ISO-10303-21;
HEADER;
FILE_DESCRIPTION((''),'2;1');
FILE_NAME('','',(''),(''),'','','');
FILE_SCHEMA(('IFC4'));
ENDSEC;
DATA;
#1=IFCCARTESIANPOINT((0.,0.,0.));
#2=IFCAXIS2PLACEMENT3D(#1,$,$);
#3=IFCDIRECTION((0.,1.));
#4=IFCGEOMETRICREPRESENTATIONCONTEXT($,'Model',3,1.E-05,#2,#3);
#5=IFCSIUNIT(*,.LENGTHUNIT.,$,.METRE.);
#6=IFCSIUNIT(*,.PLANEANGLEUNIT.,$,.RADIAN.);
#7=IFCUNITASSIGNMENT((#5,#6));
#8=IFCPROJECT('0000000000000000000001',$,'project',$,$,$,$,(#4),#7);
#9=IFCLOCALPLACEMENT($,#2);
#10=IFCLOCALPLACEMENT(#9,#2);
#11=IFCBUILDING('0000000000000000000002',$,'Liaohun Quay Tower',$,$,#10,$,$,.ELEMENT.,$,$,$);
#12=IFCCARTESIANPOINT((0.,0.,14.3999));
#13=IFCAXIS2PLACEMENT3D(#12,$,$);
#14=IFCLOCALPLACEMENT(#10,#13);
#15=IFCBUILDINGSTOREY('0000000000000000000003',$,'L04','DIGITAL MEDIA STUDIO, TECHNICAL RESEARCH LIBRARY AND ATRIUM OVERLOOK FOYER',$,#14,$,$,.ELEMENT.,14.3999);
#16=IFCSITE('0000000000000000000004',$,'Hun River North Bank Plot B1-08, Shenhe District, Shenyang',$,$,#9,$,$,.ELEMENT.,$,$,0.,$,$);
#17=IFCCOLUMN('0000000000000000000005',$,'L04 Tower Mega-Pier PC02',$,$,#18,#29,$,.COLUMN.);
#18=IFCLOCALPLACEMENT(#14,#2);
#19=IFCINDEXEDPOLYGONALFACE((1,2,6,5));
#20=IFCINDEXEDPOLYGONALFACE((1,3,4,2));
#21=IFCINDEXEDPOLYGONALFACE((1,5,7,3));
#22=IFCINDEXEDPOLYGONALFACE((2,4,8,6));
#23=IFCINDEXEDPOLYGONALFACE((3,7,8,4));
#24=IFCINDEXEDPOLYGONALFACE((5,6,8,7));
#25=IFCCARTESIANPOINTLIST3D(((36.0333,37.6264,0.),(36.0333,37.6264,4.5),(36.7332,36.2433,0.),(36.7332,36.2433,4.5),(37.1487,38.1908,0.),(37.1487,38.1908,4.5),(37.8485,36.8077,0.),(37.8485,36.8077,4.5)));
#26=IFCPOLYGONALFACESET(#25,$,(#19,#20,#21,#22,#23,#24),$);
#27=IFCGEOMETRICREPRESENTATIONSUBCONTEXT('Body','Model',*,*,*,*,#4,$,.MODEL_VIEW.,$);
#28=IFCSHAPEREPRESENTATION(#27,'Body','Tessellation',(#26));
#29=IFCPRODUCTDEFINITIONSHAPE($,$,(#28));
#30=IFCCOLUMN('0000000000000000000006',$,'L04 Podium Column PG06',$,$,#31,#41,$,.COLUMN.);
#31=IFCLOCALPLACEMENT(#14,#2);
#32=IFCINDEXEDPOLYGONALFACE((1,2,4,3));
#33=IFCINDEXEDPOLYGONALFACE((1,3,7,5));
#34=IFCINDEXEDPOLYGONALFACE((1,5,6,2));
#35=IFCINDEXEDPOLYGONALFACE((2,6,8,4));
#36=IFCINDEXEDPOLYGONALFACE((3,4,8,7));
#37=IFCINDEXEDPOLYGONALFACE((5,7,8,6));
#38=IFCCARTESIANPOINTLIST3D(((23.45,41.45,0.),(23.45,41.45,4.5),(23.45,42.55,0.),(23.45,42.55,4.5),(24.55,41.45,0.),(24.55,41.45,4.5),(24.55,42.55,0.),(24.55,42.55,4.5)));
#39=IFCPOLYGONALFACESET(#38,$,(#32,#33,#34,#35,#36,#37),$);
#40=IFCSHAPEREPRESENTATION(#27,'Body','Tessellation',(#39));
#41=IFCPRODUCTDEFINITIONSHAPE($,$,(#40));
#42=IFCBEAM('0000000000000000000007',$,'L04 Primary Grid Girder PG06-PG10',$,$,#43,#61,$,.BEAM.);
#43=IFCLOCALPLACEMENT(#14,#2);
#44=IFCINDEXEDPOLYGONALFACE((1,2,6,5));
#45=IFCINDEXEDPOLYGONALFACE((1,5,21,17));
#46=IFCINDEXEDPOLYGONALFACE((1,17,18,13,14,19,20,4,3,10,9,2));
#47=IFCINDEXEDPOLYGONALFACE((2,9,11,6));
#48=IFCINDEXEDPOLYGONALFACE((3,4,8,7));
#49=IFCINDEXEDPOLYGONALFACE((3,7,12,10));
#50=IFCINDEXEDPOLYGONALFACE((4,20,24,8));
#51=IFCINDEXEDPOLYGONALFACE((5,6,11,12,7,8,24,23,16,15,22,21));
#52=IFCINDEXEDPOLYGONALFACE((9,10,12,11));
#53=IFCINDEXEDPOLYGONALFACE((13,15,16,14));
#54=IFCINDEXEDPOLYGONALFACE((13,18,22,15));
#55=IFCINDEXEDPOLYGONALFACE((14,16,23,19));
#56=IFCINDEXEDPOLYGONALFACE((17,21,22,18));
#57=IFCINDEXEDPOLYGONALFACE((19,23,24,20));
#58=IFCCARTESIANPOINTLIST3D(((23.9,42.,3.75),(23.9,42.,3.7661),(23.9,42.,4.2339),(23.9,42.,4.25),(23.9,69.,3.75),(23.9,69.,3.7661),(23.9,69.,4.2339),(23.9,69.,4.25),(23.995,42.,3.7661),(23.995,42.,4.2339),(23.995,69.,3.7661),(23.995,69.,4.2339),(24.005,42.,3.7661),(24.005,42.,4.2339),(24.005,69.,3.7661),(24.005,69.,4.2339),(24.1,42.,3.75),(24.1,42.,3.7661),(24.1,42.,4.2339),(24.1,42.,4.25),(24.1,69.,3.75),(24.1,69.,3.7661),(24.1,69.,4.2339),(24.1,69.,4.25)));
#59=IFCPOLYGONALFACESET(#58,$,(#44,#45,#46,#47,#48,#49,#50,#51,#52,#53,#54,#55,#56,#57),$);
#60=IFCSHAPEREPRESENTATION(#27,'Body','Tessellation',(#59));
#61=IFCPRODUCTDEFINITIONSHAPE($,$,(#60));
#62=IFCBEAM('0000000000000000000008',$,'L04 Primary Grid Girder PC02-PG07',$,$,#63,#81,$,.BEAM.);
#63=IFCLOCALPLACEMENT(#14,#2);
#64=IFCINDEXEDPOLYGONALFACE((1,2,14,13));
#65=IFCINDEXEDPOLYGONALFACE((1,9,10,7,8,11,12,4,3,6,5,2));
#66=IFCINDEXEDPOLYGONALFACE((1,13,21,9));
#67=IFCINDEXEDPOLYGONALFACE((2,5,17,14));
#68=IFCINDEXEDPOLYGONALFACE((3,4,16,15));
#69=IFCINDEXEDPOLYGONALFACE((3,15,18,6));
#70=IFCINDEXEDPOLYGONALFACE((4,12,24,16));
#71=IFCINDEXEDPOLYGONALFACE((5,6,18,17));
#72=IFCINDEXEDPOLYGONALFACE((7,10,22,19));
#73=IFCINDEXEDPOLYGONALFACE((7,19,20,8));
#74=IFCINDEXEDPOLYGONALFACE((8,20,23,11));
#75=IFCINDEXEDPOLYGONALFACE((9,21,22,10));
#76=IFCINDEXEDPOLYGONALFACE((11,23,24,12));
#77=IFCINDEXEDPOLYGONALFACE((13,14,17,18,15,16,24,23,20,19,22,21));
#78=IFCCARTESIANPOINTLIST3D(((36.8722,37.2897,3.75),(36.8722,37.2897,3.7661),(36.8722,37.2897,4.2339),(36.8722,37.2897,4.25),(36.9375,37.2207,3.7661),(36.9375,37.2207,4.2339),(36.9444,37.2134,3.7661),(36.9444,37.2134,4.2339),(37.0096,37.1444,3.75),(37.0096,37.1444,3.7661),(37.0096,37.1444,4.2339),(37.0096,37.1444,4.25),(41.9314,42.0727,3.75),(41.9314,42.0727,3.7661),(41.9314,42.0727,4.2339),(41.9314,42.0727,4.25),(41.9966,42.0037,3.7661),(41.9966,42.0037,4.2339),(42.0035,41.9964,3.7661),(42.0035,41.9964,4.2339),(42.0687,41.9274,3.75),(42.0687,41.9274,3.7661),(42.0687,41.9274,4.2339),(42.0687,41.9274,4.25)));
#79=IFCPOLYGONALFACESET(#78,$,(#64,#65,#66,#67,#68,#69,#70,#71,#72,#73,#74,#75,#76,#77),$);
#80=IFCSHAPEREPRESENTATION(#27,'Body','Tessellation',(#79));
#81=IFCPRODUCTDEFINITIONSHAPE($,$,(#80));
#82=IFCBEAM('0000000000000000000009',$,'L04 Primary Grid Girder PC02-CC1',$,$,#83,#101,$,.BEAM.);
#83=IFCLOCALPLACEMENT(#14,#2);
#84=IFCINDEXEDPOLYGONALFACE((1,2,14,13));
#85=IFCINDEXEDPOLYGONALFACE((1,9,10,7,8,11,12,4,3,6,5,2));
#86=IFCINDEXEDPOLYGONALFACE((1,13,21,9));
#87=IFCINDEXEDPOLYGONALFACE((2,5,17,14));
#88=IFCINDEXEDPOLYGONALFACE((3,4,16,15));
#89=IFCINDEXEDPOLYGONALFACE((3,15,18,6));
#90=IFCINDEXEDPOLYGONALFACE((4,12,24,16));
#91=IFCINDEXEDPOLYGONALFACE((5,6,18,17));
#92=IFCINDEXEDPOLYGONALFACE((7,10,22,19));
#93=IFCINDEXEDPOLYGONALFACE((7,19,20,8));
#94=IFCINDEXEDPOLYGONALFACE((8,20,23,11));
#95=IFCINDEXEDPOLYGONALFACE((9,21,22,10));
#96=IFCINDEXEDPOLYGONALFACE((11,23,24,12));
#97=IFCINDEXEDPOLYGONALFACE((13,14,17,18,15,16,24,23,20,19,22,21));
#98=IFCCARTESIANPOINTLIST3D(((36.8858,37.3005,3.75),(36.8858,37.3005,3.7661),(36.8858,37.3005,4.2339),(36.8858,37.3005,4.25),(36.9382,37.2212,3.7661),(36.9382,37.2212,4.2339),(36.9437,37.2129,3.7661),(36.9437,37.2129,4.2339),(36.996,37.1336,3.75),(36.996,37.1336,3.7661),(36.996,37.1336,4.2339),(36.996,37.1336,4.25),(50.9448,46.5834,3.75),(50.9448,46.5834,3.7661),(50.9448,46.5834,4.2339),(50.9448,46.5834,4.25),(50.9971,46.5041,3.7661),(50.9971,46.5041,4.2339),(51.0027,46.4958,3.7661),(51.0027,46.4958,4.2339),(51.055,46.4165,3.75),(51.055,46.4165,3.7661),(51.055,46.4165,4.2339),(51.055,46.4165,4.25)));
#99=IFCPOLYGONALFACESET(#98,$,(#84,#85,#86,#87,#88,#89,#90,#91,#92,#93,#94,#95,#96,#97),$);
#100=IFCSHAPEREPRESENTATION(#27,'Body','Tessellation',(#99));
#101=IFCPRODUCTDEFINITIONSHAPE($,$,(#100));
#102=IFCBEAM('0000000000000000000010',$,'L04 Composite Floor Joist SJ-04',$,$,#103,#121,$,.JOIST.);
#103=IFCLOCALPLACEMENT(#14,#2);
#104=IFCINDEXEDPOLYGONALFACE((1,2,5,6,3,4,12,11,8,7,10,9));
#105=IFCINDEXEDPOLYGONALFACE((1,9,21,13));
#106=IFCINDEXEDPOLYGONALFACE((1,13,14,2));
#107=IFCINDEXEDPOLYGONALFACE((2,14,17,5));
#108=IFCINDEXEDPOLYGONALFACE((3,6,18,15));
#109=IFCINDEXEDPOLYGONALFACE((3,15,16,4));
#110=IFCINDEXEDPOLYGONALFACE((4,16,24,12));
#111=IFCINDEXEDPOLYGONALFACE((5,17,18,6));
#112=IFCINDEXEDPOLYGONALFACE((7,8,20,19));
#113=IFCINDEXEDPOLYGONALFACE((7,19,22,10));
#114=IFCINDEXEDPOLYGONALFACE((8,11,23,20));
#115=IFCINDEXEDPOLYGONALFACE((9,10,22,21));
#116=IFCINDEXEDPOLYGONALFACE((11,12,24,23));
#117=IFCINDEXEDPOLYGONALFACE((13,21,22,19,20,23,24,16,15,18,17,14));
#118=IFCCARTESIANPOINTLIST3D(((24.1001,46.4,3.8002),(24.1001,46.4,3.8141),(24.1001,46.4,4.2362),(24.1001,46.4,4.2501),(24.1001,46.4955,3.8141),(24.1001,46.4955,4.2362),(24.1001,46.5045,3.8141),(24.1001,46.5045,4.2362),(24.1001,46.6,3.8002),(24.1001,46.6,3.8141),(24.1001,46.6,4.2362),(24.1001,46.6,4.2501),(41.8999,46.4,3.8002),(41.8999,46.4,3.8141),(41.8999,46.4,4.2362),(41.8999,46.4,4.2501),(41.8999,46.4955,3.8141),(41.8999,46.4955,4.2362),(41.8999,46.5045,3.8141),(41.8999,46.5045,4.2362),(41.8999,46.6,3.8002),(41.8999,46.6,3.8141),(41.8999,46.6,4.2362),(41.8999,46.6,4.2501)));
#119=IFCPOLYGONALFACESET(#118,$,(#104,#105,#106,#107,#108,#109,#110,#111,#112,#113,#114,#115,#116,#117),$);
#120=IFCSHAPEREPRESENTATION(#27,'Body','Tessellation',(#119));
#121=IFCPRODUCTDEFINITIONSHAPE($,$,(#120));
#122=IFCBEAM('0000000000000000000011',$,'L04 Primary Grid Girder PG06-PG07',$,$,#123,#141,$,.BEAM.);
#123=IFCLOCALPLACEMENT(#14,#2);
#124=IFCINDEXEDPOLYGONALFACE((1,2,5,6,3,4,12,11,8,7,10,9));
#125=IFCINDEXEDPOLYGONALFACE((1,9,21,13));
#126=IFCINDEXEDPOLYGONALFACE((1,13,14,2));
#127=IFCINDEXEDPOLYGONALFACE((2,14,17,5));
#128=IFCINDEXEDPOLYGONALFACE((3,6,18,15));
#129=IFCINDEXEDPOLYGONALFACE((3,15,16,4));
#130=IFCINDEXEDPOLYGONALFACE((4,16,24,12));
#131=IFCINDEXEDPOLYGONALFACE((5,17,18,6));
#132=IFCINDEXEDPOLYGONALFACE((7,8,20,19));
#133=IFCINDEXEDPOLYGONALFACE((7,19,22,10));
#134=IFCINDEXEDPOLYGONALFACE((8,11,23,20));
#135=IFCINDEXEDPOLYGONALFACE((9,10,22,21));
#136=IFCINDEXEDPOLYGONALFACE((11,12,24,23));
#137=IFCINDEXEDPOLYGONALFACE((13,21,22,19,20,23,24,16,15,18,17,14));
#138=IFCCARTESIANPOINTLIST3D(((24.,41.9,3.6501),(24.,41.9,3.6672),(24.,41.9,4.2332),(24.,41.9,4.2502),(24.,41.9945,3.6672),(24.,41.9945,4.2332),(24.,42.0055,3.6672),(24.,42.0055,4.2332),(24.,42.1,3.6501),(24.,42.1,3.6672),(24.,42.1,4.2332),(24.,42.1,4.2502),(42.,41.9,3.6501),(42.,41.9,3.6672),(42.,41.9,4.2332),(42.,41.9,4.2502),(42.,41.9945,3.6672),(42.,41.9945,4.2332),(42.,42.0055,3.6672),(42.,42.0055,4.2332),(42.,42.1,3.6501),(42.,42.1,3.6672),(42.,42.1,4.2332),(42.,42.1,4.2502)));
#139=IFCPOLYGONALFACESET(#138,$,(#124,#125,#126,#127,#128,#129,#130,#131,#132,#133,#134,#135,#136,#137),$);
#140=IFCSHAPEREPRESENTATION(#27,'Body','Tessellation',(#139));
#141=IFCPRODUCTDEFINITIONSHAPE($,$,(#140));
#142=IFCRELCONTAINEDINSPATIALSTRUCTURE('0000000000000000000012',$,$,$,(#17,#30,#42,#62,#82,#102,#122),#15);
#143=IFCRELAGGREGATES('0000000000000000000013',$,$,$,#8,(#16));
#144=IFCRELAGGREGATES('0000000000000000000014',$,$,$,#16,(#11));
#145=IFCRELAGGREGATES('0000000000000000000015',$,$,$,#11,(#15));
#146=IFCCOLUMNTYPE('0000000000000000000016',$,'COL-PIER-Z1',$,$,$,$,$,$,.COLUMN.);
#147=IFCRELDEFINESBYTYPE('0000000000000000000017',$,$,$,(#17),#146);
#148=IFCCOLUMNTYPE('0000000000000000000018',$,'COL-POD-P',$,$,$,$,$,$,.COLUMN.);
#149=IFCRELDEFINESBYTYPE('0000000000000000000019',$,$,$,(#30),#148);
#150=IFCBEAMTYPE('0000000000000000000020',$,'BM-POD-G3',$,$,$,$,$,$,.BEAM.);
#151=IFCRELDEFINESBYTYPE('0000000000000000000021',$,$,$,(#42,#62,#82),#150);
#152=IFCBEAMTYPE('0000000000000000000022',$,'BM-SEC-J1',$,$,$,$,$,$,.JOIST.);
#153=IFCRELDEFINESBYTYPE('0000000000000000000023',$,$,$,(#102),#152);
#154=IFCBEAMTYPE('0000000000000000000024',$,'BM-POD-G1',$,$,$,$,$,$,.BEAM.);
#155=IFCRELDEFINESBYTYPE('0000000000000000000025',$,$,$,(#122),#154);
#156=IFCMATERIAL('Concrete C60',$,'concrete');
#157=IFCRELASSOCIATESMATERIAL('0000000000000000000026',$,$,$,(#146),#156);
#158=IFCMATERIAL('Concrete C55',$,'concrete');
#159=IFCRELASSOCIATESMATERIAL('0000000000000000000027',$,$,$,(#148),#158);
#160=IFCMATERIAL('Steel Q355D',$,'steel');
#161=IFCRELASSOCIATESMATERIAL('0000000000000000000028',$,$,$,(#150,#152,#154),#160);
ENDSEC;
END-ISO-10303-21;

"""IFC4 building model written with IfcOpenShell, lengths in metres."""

from ifc_helpers import new_model, si_unit, direction, frame, origin, origin_2d, place, context, subcontext, project, spatial, rectangle, i_section, extrude, source, transform, mapped, material, material_profile, profile_set, type_object, element, save


model = new_model("IFC4")

# Units and contexts
model_context = context("Model", 3, precision=1e-05, world=origin(), true_north=direction((0.0, 1.0)))
body_context = subcontext(model_context, "Body", "Model", "MODEL_VIEW")
ifc_project = project(units=[si_unit("LENGTHUNIT", "METRE"), si_unit("PLANEANGLEUNIT", "RADIAN")], contexts=[model_context])

# Site, building, storey
site_placement = place(None, origin())
site = spatial("IfcSite", under=ifc_project, at=site_placement, Name="Hun River North Bank Plot B1-08, Shenhe District, Shenyang", CompositionType="ELEMENT", RefElevation=0.0)
building_placement = place(site_placement, origin())
building = spatial("IfcBuilding", under=site, at=building_placement, Name="Liaohun Quay Tower", CompositionType="ELEMENT")
storey_placement = place(building_placement, frame((0.0, 0.0, 14.3999)))
storey = spatial("IfcBuildingStorey", under=building, at=storey_placement, Name="L04", Description="DIGITAL MEDIA STUDIO, TECHNICAL RESEARCH LIBRARY AND ATRIUM OVERLOOK FOYER", CompositionType="ELEMENT", Elevation=14.3999)

# Columns
ifc_material_1 = material(Name="Concrete C60", Category="concrete")
ifc_material_profile_1 = material_profile(ifc_material_1, rectangle(XDim=1.55, YDim=1.25, at=origin_2d()), Name="RC1550x1250")
ifc_profile_set_1 = profile_set([ifc_material_profile_1], Name="Concrete C60")
column_type_1 = type_object("IfcColumnType", Name="COL-PIER-Z1", PredefinedType="COLUMN", material=ifc_profile_set_1)
shared_shape_1 = source(origin(), body_context, "Body", "SweptSolid", [
    extrude(rectangle(XDim=1.55, YDim=1.25, at=origin_2d()), origin(), (0.0, 0.0, 1.0), 4.5),
])
column_1_placement = place(storey_placement, frame((36.9409, 37.217, 0.0), z_axis=(0.0, 0.0, 1.0), x_axis=(-0.451501, 0.892271, 0.0)))
element("IfcColumn", 1, at=column_1_placement, inside=storey, type_object=column_type_1, Name="L04 Tower Mega-Pier PC02", PredefinedType="COLUMN", context=body_context, shape_type="MappedRepresentation", body=[
    mapped(shared_shape_1, transform((0.0, 0.0, 0.0), x_axis=(1.0, 0.0, 0.0), y_axis=(0.0, 1.0, 0.0), z_axis=(0.0, 0.0, 1.0), scale=1.0)),
])
ifc_material_2 = material(Name="Concrete C55", Category="concrete")
ifc_material_profile_2 = material_profile(ifc_material_2, rectangle(XDim=1.1001, YDim=1.1001, at=origin_2d()), Name="RC1100x1100")
ifc_profile_set_2 = profile_set([ifc_material_profile_2], Name="Concrete C55")
column_type_2 = type_object("IfcColumnType", Name="COL-POD-P", PredefinedType="COLUMN", material=ifc_profile_set_2)
shared_shape_2 = source(origin(), body_context, "Body", "SweptSolid", [
    extrude(rectangle(XDim=1.1001, YDim=1.1001, at=origin_2d()), origin(), (0.0, 0.0, 1.0), 4.5),
])
column_2_placement = place(storey_placement, frame((24.0, 42.0, 0.0), z_axis=(0.0, 0.0, 1.0), x_axis=(1.0, 0.0, 0.0)))
element("IfcColumn", 2, at=column_2_placement, inside=storey, type_object=column_type_2, Name="L04 Podium Column PG06", PredefinedType="COLUMN", context=body_context, shape_type="MappedRepresentation", body=[
    mapped(shared_shape_2, transform((0.0, 0.0, 0.0), x_axis=(1.0, 0.0, 0.0), y_axis=(0.0, 1.0, 0.0), z_axis=(0.0, 0.0, 1.0), scale=1.0)),
])

# Beams
ifc_material_3 = material(Name="Steel Q355D", Category="steel")
ifc_material_profile_3 = material_profile(ifc_material_3, i_section(OverallWidth=0.2, OverallDepth=0.5, WebThickness=0.01, FlangeThickness=0.0161, at=origin_2d()), Name="HN500x200x10x16")
ifc_profile_set_3 = profile_set([ifc_material_profile_3], Name="Steel Q355D")
beam_type_1 = type_object("IfcBeamType", Name="BM-POD-G3", PredefinedType="BEAM", material=ifc_profile_set_3)
shared_shape_3 = source(origin(), body_context, "Body", "SweptSolid", [
    extrude(i_section(OverallWidth=0.2, OverallDepth=0.5, WebThickness=0.01, FlangeThickness=0.0161, at=origin_2d()), origin(), (0.0, 0.0, 1.0), 27.0),
])
beam_1_placement = place(storey_placement, frame((24.0, 42.0, 4.0), z_axis=(0.0, 1.0, 0.0), x_axis=(-1.0, 0.0, 0.0)))
element("IfcBeam", 3, at=beam_1_placement, inside=storey, type_object=beam_type_1, Name="L04 Primary Grid Girder PG06-PG10", PredefinedType="BEAM", context=body_context, shape_type="MappedRepresentation", body=[
    mapped(shared_shape_3, transform((0.0, 0.0, 0.0), x_axis=(1.0, 0.0, 0.0), y_axis=(0.0, 1.0, 0.0), z_axis=(0.0, 0.0, 1.0), scale=1.0)),
])
shared_shape_4 = source(origin(), body_context, "Body", "SweptSolid", [
    extrude(i_section(OverallWidth=0.2, OverallDepth=0.5, WebThickness=0.01, FlangeThickness=0.0161, at=origin_2d()), origin(), (0.0, 0.0, 1.0), 6.9622),
])
beam_2_placement = place(storey_placement, frame((36.9409, 37.217, 4.0), z_axis=(0.726659, 0.686998, 0.0), x_axis=(-0.686998, 0.726659, 0.0)))
element("IfcBeam", 4, at=beam_2_placement, inside=storey, type_object=beam_type_1, Name="L04 Primary Grid Girder PC02-PG07", PredefinedType="BEAM", context=body_context, shape_type="MappedRepresentation", body=[
    mapped(shared_shape_4, transform((0.0, 0.0, 0.0), x_axis=(1.0, 0.0, 0.0), y_axis=(0.0, 1.0, 0.0), z_axis=(0.0, 0.0, 1.0), scale=1.0)),
])
shared_shape_5 = source(origin(), body_context, "Body", "SweptSolid", [
    extrude(i_section(OverallWidth=0.2, OverallDepth=0.5, WebThickness=0.01, FlangeThickness=0.0161, at=origin_2d()), origin(), (0.0, 0.0, 1.0), 16.8472),
])
beam_3_placement = place(storey_placement, frame((36.9409, 37.217, 4.0), z_axis=(0.834501, 0.551006, 0.0), x_axis=(-0.551006, 0.834501, 0.0)))
element("IfcBeam", 5, at=beam_3_placement, inside=storey, type_object=beam_type_1, Name="L04 Primary Grid Girder PC02-CC1", PredefinedType="BEAM", context=body_context, shape_type="MappedRepresentation", body=[
    mapped(shared_shape_5, transform((0.0, 0.0, 0.0), x_axis=(1.0, 0.0, 0.0), y_axis=(0.0, 1.0, 0.0), z_axis=(0.0, 0.0, 1.0), scale=1.0)),
])
ifc_material_profile_4 = material_profile(ifc_material_3, i_section(OverallWidth=0.2, OverallDepth=0.45, WebThickness=0.009, FlangeThickness=0.0139, at=origin_2d()), Name="HN450x200x9x14")
ifc_profile_set_4 = profile_set([ifc_material_profile_4], Name="Steel Q355D")
beam_type_2 = type_object("IfcBeamType", Name="BM-SEC-J1", PredefinedType="JOIST", material=ifc_profile_set_4)
shared_shape_6 = source(origin(), body_context, "Body", "SweptSolid", [
    extrude(i_section(OverallWidth=0.2, OverallDepth=0.45, WebThickness=0.009, FlangeThickness=0.0139, at=origin_2d()), origin(), (0.0, 0.0, 1.0), 17.7998),
])
beam_4_placement = place(storey_placement, frame((24.1001, 46.5, 4.0251), z_axis=(1.0, 0.0, 0.0), x_axis=(0.0, 1.0, 0.0)))
element("IfcBeam", 6, at=beam_4_placement, inside=storey, type_object=beam_type_2, Name="L04 Composite Floor Joist SJ-04", PredefinedType="JOIST", context=body_context, shape_type="MappedRepresentation", body=[
    mapped(shared_shape_6, transform((0.0, 0.0, 0.0), x_axis=(1.0, 0.0, 0.0), y_axis=(0.0, 1.0, 0.0), z_axis=(0.0, 0.0, 1.0), scale=1.0)),
])
ifc_material_profile_5 = material_profile(ifc_material_3, i_section(OverallWidth=0.2, OverallDepth=0.6001, WebThickness=0.011, FlangeThickness=0.0171, at=origin_2d()), Name="HN600x200x11x17")
ifc_profile_set_5 = profile_set([ifc_material_profile_5], Name="Steel Q355D")
beam_type_3 = type_object("IfcBeamType", Name="BM-POD-G1", PredefinedType="BEAM", material=ifc_profile_set_5)
shared_shape_7 = source(origin(), body_context, "Body", "SweptSolid", [
    extrude(i_section(OverallWidth=0.2, OverallDepth=0.6001, WebThickness=0.011, FlangeThickness=0.0171, at=origin_2d()), origin(), (0.0, 0.0, 1.0), 18.0),
])
beam_5_placement = place(storey_placement, frame((24.0, 42.0, 3.9502), z_axis=(1.0, 0.0, 0.0), x_axis=(0.0, 1.0, 0.0)))
element("IfcBeam", 7, at=beam_5_placement, inside=storey, type_object=beam_type_3, Name="L04 Primary Grid Girder PG06-PG07", PredefinedType="BEAM", context=body_context, shape_type="MappedRepresentation", body=[
    mapped(shared_shape_7, transform((0.0, 0.0, 0.0), x_axis=(1.0, 0.0, 0.0), y_axis=(0.0, 1.0, 0.0), z_axis=(0.0, 0.0, 1.0), scale=1.0)),
])

save(model, "model.ifc")
